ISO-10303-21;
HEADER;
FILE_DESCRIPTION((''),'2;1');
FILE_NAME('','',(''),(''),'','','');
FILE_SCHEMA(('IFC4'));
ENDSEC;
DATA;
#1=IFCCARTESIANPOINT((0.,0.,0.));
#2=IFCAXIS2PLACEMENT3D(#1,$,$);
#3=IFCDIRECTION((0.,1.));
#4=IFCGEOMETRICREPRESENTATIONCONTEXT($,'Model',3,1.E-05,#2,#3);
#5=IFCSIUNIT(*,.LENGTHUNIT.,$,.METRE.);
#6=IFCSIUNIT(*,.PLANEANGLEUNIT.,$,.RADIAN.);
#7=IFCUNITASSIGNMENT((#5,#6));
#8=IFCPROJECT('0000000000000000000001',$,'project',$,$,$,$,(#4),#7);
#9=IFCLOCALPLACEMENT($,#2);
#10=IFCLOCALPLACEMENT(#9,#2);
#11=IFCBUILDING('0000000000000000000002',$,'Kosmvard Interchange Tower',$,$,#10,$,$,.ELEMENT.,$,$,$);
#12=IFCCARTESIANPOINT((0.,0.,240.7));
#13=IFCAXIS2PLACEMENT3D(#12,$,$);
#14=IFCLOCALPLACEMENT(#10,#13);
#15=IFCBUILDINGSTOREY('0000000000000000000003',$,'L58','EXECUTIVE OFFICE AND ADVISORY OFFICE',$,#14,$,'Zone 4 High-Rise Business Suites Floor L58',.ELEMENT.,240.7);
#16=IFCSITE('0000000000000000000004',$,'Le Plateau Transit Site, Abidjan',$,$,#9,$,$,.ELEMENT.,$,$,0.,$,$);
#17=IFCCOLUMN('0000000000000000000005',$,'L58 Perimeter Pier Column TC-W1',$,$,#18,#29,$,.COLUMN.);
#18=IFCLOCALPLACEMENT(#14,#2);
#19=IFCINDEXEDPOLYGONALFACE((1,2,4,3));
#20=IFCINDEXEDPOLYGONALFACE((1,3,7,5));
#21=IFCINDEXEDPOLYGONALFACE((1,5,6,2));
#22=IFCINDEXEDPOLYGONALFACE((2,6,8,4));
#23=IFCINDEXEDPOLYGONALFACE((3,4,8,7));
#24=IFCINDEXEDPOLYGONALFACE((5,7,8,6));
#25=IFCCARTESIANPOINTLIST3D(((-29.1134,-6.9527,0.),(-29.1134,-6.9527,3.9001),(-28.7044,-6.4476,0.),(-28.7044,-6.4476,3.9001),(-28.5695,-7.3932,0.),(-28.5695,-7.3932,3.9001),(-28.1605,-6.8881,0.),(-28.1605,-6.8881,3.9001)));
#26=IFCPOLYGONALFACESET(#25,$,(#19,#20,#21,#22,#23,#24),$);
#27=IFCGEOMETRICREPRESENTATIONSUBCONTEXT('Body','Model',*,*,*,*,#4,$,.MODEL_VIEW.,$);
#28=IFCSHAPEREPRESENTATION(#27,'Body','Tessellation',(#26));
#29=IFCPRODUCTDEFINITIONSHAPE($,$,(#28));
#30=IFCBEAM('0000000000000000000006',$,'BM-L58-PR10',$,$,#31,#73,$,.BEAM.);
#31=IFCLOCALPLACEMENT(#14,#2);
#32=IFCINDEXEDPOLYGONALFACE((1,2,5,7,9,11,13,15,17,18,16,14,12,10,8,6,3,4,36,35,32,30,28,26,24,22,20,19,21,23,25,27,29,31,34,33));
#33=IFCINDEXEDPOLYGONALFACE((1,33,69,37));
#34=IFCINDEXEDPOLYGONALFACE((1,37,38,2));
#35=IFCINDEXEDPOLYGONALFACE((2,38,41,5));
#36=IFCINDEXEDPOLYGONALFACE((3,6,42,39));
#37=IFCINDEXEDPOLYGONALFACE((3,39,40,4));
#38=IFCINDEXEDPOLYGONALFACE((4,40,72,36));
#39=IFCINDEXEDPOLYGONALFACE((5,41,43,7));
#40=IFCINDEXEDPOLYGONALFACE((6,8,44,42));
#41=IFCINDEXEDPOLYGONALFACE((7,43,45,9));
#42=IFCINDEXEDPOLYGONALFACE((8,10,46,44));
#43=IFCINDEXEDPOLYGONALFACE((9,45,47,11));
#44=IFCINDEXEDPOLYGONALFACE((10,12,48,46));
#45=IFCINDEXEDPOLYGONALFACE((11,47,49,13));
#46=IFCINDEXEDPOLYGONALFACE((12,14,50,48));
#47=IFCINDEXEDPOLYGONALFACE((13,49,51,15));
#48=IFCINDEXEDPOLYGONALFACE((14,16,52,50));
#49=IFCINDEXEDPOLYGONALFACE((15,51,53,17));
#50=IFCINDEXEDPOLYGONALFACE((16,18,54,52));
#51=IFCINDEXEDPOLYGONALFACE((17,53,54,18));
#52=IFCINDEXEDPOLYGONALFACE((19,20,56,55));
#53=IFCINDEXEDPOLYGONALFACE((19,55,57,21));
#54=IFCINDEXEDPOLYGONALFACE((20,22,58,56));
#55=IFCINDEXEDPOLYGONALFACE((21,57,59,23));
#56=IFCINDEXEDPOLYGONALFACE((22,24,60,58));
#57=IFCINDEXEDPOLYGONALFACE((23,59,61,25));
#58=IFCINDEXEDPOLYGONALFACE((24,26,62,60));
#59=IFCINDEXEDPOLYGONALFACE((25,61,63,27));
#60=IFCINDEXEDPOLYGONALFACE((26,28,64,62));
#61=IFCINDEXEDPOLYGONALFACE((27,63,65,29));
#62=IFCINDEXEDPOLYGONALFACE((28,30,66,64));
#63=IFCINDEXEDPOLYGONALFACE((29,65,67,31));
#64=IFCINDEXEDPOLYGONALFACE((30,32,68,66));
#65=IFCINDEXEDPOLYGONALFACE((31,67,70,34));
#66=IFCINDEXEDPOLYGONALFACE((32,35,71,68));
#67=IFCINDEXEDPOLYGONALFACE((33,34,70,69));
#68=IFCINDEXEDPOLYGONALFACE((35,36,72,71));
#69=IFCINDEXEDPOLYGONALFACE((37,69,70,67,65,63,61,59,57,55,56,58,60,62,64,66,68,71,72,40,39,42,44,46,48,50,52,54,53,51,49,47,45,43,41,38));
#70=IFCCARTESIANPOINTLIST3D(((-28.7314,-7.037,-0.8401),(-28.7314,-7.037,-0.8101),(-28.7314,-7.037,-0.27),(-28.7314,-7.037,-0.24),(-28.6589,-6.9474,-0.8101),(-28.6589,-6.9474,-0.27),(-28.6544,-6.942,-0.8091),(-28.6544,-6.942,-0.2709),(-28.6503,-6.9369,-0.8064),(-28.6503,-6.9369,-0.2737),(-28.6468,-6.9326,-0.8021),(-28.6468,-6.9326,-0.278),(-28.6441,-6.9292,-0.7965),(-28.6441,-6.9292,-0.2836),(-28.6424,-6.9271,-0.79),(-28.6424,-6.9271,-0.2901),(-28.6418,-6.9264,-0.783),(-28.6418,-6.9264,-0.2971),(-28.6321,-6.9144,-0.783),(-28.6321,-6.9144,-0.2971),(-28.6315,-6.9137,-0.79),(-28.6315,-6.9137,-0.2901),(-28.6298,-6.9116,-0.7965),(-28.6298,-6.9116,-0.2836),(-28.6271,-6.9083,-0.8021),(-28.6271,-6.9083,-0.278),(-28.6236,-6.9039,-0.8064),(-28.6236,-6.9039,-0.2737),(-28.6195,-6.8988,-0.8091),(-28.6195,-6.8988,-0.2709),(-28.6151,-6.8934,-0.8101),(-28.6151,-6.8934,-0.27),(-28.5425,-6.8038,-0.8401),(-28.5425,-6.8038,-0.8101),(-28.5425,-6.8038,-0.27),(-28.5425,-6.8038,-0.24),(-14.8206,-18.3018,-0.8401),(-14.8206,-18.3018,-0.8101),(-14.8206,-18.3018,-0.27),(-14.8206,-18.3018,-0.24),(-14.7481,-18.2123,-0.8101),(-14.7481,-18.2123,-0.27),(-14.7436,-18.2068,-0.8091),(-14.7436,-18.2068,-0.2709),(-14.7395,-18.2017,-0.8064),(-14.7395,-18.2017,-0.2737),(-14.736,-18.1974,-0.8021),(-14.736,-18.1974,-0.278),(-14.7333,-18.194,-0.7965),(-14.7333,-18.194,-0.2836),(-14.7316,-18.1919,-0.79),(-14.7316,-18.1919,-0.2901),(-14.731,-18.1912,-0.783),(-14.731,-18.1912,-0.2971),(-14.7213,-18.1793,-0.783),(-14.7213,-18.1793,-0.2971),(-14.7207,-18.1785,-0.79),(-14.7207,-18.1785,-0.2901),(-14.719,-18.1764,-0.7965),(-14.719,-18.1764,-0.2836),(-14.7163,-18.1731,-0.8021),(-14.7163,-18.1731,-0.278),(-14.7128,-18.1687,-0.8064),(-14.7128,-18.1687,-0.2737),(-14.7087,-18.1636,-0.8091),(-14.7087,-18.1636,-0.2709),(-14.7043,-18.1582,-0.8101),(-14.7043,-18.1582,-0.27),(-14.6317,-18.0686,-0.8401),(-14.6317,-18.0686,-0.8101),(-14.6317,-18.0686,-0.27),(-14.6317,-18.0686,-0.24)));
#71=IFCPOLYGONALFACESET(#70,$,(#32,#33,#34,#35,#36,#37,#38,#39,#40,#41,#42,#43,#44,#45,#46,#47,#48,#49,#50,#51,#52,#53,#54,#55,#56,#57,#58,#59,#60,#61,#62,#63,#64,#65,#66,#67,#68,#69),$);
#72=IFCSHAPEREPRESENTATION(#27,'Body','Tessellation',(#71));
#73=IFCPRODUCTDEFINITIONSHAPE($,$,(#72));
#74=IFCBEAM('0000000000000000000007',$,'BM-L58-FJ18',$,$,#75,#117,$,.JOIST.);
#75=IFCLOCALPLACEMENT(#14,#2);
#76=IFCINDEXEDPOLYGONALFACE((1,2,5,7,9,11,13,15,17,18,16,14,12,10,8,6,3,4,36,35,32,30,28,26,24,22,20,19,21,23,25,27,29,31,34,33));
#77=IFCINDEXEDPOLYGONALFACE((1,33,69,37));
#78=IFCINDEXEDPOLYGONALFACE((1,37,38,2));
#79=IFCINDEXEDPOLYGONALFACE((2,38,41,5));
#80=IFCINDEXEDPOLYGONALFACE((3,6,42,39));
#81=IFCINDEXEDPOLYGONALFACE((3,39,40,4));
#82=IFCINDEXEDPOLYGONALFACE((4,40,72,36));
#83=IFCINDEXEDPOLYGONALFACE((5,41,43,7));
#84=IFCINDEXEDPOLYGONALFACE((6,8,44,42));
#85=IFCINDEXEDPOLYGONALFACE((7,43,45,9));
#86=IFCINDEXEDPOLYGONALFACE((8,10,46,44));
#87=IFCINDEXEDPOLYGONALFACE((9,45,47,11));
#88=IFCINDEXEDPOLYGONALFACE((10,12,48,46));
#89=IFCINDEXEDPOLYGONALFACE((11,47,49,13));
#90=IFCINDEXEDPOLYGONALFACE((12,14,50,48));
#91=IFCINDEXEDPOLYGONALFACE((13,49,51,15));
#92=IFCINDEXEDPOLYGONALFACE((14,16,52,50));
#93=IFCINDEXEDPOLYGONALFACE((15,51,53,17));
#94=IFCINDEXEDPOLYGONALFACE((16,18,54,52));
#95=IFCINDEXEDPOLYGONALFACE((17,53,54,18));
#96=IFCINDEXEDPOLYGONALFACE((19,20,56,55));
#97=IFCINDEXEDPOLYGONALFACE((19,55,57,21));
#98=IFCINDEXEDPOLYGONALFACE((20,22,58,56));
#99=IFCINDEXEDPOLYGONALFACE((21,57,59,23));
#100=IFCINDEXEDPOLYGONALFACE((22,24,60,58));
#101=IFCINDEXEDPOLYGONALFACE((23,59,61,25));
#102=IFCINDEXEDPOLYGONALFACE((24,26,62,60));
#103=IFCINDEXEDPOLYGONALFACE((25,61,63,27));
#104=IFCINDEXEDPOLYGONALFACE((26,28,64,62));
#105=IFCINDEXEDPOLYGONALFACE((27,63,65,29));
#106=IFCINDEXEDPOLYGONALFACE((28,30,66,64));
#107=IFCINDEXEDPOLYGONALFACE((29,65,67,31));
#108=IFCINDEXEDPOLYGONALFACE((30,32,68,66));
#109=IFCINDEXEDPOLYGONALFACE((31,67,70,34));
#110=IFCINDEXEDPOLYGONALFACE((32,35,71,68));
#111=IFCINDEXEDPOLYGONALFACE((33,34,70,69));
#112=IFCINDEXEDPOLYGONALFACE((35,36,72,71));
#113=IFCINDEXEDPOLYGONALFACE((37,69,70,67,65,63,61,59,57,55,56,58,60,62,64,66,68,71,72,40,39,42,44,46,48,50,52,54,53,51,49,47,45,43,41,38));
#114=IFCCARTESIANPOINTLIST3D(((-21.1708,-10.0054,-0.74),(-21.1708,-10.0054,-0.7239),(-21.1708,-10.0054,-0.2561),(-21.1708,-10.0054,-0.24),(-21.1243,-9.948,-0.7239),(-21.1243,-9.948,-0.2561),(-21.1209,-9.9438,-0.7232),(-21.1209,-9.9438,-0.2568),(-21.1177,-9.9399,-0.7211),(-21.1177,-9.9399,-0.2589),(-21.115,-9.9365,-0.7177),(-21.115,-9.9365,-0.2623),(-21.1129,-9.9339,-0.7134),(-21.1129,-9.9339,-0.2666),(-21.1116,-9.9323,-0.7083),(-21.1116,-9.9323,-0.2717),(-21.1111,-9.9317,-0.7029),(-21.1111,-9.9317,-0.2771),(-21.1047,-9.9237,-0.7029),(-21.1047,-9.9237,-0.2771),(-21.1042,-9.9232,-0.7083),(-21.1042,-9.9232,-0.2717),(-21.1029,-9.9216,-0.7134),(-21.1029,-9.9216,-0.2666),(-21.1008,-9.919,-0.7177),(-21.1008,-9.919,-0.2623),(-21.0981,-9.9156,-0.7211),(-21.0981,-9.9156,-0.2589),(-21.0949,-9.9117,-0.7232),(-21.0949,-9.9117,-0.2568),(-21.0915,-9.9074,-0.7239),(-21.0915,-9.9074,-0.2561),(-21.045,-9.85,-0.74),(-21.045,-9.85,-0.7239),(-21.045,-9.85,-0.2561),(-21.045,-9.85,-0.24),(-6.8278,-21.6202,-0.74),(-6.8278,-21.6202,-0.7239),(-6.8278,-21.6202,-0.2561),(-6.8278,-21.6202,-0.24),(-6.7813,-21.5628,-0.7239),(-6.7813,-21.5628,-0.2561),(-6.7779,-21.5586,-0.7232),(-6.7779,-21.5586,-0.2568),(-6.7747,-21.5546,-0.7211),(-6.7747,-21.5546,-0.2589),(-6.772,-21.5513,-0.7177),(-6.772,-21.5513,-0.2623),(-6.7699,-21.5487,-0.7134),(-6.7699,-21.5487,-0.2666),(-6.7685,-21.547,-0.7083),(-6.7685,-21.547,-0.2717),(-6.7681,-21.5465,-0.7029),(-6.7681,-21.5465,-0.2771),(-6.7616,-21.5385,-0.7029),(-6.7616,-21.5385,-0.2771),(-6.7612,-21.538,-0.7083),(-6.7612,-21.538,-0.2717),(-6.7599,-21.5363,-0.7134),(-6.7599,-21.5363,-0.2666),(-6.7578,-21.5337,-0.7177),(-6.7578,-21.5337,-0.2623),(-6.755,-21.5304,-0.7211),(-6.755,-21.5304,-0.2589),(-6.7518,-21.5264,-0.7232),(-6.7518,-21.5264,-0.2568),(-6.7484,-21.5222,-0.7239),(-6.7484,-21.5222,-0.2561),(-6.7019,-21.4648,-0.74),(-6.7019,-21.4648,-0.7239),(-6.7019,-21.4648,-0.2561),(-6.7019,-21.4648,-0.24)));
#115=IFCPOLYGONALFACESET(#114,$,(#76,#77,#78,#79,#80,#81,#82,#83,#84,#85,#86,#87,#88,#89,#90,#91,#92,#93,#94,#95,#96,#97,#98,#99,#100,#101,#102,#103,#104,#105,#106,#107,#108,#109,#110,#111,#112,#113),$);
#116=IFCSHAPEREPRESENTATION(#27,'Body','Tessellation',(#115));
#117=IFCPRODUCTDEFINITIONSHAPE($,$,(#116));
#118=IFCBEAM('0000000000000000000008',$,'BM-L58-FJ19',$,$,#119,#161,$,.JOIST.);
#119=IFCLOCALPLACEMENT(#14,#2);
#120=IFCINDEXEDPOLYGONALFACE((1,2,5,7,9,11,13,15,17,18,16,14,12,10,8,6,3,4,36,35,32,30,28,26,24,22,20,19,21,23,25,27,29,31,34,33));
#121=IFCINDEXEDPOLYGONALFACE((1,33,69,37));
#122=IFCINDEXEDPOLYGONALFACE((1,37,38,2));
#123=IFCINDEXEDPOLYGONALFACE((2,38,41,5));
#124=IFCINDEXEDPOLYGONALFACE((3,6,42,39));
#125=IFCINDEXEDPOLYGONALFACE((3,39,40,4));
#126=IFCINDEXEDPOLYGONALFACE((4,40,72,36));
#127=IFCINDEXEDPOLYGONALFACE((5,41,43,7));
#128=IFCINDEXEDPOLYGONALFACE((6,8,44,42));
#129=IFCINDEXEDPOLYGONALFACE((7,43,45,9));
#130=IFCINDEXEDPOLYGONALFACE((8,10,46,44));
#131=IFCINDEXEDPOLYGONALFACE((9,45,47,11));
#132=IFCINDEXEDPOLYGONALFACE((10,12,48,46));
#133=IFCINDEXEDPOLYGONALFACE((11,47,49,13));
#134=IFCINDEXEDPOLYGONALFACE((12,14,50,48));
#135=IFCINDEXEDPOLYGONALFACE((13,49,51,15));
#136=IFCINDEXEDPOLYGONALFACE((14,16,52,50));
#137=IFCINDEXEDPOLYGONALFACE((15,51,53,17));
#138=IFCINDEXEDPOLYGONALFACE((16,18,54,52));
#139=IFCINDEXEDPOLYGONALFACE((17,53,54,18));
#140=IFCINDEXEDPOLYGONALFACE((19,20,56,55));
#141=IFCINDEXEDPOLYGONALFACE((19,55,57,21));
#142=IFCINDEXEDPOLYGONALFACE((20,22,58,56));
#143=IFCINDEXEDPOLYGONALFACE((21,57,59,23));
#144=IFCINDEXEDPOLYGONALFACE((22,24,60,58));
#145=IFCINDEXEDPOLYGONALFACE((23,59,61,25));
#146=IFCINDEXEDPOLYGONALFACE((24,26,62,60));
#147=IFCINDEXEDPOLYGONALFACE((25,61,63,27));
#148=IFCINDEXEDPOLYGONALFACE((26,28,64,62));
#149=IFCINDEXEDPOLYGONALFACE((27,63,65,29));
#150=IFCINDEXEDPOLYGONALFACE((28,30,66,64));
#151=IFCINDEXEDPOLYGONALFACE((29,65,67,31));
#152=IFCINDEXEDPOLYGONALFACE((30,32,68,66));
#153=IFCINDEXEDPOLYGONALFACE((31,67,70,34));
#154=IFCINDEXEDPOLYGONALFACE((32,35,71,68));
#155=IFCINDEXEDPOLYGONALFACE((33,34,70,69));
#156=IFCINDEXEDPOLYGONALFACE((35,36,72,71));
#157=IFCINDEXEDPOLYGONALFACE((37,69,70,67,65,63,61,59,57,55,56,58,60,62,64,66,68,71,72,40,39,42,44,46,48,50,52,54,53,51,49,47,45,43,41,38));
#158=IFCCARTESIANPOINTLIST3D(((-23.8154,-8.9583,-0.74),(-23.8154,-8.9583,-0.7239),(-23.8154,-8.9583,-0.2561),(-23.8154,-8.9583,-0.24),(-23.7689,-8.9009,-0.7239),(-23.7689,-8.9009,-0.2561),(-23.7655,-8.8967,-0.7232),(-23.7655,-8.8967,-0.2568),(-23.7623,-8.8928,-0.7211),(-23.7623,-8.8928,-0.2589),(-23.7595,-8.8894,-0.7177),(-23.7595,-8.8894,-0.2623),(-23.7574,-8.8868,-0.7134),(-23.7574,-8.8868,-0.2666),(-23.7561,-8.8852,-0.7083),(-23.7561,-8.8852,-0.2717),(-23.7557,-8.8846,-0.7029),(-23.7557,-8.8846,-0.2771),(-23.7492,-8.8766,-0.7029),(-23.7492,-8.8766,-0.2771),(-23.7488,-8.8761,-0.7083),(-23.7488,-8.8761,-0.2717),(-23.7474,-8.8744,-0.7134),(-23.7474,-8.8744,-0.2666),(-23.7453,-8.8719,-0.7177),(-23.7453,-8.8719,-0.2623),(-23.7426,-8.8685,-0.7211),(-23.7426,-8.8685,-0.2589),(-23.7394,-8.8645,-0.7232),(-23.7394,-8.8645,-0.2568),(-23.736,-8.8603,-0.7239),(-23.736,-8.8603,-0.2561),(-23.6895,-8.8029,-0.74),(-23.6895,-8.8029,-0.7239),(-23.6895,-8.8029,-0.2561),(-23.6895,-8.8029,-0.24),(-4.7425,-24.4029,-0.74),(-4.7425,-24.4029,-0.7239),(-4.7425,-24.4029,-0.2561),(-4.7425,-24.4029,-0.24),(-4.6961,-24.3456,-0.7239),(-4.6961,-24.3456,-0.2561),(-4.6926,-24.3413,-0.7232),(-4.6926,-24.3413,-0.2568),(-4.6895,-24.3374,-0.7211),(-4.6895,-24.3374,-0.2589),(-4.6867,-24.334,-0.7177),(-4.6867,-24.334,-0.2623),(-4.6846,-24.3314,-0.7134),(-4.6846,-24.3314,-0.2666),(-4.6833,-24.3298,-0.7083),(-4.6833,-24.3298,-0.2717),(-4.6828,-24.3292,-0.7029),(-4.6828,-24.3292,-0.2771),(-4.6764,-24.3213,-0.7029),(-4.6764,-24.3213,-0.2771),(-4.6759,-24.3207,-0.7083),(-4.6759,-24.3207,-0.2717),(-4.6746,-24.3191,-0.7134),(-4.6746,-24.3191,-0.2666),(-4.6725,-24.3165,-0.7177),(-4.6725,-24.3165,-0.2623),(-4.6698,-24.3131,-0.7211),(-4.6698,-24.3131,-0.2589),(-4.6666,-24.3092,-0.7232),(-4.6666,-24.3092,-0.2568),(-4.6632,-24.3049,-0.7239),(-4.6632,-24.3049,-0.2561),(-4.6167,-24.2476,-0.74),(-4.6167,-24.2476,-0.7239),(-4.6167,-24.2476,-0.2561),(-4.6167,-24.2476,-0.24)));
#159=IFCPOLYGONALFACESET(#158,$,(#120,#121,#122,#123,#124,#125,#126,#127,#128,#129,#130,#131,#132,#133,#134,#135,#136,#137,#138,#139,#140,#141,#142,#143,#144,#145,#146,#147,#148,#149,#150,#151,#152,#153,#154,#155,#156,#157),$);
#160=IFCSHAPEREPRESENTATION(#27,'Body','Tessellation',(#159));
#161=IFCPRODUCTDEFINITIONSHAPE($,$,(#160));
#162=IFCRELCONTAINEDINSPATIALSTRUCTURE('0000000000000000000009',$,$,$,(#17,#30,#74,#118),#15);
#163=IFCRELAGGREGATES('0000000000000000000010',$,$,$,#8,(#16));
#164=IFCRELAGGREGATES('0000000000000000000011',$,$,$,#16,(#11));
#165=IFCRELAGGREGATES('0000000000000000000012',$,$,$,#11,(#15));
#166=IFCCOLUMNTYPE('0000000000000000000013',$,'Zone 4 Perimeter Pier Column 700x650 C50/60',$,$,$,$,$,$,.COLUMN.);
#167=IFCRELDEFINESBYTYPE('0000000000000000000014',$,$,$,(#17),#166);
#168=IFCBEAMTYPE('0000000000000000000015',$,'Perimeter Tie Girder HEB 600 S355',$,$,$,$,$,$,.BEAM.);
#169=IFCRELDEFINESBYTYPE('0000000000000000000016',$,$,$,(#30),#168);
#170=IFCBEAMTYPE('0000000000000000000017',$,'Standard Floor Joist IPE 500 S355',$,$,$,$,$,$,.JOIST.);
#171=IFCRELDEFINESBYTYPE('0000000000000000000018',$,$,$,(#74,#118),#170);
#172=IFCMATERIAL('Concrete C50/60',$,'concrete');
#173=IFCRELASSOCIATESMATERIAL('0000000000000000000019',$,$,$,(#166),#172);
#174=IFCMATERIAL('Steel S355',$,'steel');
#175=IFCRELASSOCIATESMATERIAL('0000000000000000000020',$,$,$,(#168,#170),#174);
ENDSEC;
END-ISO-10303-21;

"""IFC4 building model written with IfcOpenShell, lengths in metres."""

from ifc_helpers import new_model, si_unit, direction, frame, origin, origin_2d, place, context, subcontext, project, spatial, rectangle, i_section, extrude, source, transform, mapped, material, material_profile, profile_set, type_object, element, save


model = new_model("IFC4")

# Units and contexts
model_context = context("Model", 3, precision=1e-05, world=origin(), true_north=direction((0.0, 1.0)))
body_context = subcontext(model_context, "Body", "Model", "MODEL_VIEW")
ifc_project = project(units=[si_unit("LENGTHUNIT", "METRE"), si_unit("PLANEANGLEUNIT", "RADIAN")], contexts=[model_context])

# Site, building, storey
site_placement = place(None, origin())
site = spatial("IfcSite", under=ifc_project, at=site_placement, Name="Le Plateau Transit Site, Abidjan", CompositionType="ELEMENT", RefElevation=0.0)
building_placement = place(site_placement, origin())
building = spatial("IfcBuilding", under=site, at=building_placement, Name="Kosmvard Interchange Tower", CompositionType="ELEMENT")
storey_placement = place(building_placement, frame((0.0, 0.0, 240.7)))
storey = spatial("IfcBuildingStorey", under=building, at=storey_placement, Name="L58", Description="EXECUTIVE OFFICE AND ADVISORY OFFICE", LongName="Zone 4 High-Rise Business Suites Floor L58", CompositionType="ELEMENT", Elevation=240.7)

# Column
ifc_material_1 = material(Name="Concrete C50/60", Category="concrete")
ifc_material_profile_1 = material_profile(ifc_material_1, rectangle(XDim=0.6499, YDim=0.7, at=origin_2d()), Name="TC 700x650")
ifc_profile_set_1 = profile_set([ifc_material_profile_1], Name="Concrete C50/60")
column_type = type_object("IfcColumnType", Name="Zone 4 Perimeter Pier Column 700x650 C50/60", PredefinedType="COLUMN", material=ifc_profile_set_1)
shared_shape_1 = source(origin(), body_context, "Body", "SweptSolid", [
    extrude(rectangle(XDim=0.6499, YDim=0.7, at=origin_2d()), origin(), (0.0, 0.0, 1.0), 3.9001),
])
column_placement = place(storey_placement, frame((-28.637, -6.9204, 0.0), z_axis=(0.0, 0.0, 1.0), x_axis=(0.62932, 0.777146, 0.0)))
element("IfcColumn", 1, at=column_placement, inside=storey, type_object=column_type, Name="L58 Perimeter Pier Column TC-W1", PredefinedType="COLUMN", context=body_context, shape_type="MappedRepresentation", body=[
    mapped(shared_shape_1, transform((0.0, 0.0, 0.0), scale=1.0)),
])

# Beams
ifc_material_2 = material(Name="Steel S355", Category="steel")
ifc_material_profile_2 = material_profile(ifc_material_2, i_section(OverallWidth=0.3, OverallDepth=0.6001, WebThickness=0.0154, FlangeThickness=0.03, FilletRadius=0.0271, at=origin_2d()), Name="HEB 600")
ifc_profile_set_2 = profile_set([ifc_material_profile_2], Name="Steel S355")
beam_type_1 = type_object("IfcBeamType", Name="Perimeter Tie Girder HEB 600 S355", PredefinedType="BEAM", material=ifc_profile_set_2)
shared_shape_2 = source(origin(), body_context, "Body", "SweptSolid", [
    extrude(i_section(OverallWidth=0.3, OverallDepth=0.6001, WebThickness=0.0154, FlangeThickness=0.03, FilletRadius=0.0271, at=origin_2d()), origin(), (0.0, 0.0, 1.0), 17.8999),
])
beam_1_placement = place(storey_placement, frame((-28.637, -6.9204, -0.54), z_axis=(0.777144, -0.629323, 0.0), x_axis=(0.629323, 0.777144, 0.0)))
element("IfcBeam", 2, at=beam_1_placement, inside=storey, type_object=beam_type_1, Name="BM-L58-PR10", PredefinedType="BEAM", context=body_context, shape_type="MappedRepresentation", body=[
    mapped(shared_shape_2, transform((0.0, 0.0, 0.0), scale=1.0)),
])
ifc_material_profile_3 = material_profile(ifc_material_2, i_section(OverallWidth=0.2, OverallDepth=0.5, WebThickness=0.0103, FlangeThickness=0.0161, FilletRadius=0.021, at=origin_2d()), Name="IPE 500")
ifc_profile_set_3 = profile_set([ifc_material_profile_3], Name="Steel S355")
beam_type_2 = type_object("IfcBeamType", Name="Standard Floor Joist IPE 500 S355", PredefinedType="JOIST", material=ifc_profile_set_3)
shared_shape_3 = source(origin(), body_context, "Body", "SweptSolid", [
    extrude(i_section(OverallWidth=0.2, OverallDepth=0.5, WebThickness=0.0103, FlangeThickness=0.0161, FilletRadius=0.021, at=origin_2d()), origin(), (0.0, 0.0, 1.0), 18.4561),
])
beam_2_placement = place(storey_placement, frame((-21.1079, -9.9277, -0.49), z_axis=(0.777146, -0.62932, 0.0), x_axis=(0.62932, 0.777146, 0.0)))
element("IfcBeam", 3, at=beam_2_placement, inside=storey, type_object=beam_type_2, Name="BM-L58-FJ18", PredefinedType="JOIST", context=body_context, shape_type="MappedRepresentation", body=[
    mapped(shared_shape_3, transform((0.0, 0.0, 0.0), scale=1.0)),
])
shared_shape_4 = source(origin(), body_context, "Body", "SweptSolid", [
    extrude(i_section(OverallWidth=0.2, OverallDepth=0.5, WebThickness=0.0103, FlangeThickness=0.0161, FilletRadius=0.021, at=origin_2d()), origin(), (0.0, 0.0, 1.0), 24.542),
])
beam_3_placement = place(storey_placement, frame((-23.7524, -8.8806, -0.49), z_axis=(0.777151, -0.629315, 0.0), x_axis=(0.629315, 0.777151, 0.0)))
element("IfcBeam", 4, at=beam_3_placement, inside=storey, type_object=beam_type_2, Name="BM-L58-FJ19", PredefinedType="JOIST", context=body_context, shape_type="MappedRepresentation", body=[
    mapped(shared_shape_4, transform((0.0, 0.0, 0.0), scale=1.0)),
])

save(model, "model.ifc")
